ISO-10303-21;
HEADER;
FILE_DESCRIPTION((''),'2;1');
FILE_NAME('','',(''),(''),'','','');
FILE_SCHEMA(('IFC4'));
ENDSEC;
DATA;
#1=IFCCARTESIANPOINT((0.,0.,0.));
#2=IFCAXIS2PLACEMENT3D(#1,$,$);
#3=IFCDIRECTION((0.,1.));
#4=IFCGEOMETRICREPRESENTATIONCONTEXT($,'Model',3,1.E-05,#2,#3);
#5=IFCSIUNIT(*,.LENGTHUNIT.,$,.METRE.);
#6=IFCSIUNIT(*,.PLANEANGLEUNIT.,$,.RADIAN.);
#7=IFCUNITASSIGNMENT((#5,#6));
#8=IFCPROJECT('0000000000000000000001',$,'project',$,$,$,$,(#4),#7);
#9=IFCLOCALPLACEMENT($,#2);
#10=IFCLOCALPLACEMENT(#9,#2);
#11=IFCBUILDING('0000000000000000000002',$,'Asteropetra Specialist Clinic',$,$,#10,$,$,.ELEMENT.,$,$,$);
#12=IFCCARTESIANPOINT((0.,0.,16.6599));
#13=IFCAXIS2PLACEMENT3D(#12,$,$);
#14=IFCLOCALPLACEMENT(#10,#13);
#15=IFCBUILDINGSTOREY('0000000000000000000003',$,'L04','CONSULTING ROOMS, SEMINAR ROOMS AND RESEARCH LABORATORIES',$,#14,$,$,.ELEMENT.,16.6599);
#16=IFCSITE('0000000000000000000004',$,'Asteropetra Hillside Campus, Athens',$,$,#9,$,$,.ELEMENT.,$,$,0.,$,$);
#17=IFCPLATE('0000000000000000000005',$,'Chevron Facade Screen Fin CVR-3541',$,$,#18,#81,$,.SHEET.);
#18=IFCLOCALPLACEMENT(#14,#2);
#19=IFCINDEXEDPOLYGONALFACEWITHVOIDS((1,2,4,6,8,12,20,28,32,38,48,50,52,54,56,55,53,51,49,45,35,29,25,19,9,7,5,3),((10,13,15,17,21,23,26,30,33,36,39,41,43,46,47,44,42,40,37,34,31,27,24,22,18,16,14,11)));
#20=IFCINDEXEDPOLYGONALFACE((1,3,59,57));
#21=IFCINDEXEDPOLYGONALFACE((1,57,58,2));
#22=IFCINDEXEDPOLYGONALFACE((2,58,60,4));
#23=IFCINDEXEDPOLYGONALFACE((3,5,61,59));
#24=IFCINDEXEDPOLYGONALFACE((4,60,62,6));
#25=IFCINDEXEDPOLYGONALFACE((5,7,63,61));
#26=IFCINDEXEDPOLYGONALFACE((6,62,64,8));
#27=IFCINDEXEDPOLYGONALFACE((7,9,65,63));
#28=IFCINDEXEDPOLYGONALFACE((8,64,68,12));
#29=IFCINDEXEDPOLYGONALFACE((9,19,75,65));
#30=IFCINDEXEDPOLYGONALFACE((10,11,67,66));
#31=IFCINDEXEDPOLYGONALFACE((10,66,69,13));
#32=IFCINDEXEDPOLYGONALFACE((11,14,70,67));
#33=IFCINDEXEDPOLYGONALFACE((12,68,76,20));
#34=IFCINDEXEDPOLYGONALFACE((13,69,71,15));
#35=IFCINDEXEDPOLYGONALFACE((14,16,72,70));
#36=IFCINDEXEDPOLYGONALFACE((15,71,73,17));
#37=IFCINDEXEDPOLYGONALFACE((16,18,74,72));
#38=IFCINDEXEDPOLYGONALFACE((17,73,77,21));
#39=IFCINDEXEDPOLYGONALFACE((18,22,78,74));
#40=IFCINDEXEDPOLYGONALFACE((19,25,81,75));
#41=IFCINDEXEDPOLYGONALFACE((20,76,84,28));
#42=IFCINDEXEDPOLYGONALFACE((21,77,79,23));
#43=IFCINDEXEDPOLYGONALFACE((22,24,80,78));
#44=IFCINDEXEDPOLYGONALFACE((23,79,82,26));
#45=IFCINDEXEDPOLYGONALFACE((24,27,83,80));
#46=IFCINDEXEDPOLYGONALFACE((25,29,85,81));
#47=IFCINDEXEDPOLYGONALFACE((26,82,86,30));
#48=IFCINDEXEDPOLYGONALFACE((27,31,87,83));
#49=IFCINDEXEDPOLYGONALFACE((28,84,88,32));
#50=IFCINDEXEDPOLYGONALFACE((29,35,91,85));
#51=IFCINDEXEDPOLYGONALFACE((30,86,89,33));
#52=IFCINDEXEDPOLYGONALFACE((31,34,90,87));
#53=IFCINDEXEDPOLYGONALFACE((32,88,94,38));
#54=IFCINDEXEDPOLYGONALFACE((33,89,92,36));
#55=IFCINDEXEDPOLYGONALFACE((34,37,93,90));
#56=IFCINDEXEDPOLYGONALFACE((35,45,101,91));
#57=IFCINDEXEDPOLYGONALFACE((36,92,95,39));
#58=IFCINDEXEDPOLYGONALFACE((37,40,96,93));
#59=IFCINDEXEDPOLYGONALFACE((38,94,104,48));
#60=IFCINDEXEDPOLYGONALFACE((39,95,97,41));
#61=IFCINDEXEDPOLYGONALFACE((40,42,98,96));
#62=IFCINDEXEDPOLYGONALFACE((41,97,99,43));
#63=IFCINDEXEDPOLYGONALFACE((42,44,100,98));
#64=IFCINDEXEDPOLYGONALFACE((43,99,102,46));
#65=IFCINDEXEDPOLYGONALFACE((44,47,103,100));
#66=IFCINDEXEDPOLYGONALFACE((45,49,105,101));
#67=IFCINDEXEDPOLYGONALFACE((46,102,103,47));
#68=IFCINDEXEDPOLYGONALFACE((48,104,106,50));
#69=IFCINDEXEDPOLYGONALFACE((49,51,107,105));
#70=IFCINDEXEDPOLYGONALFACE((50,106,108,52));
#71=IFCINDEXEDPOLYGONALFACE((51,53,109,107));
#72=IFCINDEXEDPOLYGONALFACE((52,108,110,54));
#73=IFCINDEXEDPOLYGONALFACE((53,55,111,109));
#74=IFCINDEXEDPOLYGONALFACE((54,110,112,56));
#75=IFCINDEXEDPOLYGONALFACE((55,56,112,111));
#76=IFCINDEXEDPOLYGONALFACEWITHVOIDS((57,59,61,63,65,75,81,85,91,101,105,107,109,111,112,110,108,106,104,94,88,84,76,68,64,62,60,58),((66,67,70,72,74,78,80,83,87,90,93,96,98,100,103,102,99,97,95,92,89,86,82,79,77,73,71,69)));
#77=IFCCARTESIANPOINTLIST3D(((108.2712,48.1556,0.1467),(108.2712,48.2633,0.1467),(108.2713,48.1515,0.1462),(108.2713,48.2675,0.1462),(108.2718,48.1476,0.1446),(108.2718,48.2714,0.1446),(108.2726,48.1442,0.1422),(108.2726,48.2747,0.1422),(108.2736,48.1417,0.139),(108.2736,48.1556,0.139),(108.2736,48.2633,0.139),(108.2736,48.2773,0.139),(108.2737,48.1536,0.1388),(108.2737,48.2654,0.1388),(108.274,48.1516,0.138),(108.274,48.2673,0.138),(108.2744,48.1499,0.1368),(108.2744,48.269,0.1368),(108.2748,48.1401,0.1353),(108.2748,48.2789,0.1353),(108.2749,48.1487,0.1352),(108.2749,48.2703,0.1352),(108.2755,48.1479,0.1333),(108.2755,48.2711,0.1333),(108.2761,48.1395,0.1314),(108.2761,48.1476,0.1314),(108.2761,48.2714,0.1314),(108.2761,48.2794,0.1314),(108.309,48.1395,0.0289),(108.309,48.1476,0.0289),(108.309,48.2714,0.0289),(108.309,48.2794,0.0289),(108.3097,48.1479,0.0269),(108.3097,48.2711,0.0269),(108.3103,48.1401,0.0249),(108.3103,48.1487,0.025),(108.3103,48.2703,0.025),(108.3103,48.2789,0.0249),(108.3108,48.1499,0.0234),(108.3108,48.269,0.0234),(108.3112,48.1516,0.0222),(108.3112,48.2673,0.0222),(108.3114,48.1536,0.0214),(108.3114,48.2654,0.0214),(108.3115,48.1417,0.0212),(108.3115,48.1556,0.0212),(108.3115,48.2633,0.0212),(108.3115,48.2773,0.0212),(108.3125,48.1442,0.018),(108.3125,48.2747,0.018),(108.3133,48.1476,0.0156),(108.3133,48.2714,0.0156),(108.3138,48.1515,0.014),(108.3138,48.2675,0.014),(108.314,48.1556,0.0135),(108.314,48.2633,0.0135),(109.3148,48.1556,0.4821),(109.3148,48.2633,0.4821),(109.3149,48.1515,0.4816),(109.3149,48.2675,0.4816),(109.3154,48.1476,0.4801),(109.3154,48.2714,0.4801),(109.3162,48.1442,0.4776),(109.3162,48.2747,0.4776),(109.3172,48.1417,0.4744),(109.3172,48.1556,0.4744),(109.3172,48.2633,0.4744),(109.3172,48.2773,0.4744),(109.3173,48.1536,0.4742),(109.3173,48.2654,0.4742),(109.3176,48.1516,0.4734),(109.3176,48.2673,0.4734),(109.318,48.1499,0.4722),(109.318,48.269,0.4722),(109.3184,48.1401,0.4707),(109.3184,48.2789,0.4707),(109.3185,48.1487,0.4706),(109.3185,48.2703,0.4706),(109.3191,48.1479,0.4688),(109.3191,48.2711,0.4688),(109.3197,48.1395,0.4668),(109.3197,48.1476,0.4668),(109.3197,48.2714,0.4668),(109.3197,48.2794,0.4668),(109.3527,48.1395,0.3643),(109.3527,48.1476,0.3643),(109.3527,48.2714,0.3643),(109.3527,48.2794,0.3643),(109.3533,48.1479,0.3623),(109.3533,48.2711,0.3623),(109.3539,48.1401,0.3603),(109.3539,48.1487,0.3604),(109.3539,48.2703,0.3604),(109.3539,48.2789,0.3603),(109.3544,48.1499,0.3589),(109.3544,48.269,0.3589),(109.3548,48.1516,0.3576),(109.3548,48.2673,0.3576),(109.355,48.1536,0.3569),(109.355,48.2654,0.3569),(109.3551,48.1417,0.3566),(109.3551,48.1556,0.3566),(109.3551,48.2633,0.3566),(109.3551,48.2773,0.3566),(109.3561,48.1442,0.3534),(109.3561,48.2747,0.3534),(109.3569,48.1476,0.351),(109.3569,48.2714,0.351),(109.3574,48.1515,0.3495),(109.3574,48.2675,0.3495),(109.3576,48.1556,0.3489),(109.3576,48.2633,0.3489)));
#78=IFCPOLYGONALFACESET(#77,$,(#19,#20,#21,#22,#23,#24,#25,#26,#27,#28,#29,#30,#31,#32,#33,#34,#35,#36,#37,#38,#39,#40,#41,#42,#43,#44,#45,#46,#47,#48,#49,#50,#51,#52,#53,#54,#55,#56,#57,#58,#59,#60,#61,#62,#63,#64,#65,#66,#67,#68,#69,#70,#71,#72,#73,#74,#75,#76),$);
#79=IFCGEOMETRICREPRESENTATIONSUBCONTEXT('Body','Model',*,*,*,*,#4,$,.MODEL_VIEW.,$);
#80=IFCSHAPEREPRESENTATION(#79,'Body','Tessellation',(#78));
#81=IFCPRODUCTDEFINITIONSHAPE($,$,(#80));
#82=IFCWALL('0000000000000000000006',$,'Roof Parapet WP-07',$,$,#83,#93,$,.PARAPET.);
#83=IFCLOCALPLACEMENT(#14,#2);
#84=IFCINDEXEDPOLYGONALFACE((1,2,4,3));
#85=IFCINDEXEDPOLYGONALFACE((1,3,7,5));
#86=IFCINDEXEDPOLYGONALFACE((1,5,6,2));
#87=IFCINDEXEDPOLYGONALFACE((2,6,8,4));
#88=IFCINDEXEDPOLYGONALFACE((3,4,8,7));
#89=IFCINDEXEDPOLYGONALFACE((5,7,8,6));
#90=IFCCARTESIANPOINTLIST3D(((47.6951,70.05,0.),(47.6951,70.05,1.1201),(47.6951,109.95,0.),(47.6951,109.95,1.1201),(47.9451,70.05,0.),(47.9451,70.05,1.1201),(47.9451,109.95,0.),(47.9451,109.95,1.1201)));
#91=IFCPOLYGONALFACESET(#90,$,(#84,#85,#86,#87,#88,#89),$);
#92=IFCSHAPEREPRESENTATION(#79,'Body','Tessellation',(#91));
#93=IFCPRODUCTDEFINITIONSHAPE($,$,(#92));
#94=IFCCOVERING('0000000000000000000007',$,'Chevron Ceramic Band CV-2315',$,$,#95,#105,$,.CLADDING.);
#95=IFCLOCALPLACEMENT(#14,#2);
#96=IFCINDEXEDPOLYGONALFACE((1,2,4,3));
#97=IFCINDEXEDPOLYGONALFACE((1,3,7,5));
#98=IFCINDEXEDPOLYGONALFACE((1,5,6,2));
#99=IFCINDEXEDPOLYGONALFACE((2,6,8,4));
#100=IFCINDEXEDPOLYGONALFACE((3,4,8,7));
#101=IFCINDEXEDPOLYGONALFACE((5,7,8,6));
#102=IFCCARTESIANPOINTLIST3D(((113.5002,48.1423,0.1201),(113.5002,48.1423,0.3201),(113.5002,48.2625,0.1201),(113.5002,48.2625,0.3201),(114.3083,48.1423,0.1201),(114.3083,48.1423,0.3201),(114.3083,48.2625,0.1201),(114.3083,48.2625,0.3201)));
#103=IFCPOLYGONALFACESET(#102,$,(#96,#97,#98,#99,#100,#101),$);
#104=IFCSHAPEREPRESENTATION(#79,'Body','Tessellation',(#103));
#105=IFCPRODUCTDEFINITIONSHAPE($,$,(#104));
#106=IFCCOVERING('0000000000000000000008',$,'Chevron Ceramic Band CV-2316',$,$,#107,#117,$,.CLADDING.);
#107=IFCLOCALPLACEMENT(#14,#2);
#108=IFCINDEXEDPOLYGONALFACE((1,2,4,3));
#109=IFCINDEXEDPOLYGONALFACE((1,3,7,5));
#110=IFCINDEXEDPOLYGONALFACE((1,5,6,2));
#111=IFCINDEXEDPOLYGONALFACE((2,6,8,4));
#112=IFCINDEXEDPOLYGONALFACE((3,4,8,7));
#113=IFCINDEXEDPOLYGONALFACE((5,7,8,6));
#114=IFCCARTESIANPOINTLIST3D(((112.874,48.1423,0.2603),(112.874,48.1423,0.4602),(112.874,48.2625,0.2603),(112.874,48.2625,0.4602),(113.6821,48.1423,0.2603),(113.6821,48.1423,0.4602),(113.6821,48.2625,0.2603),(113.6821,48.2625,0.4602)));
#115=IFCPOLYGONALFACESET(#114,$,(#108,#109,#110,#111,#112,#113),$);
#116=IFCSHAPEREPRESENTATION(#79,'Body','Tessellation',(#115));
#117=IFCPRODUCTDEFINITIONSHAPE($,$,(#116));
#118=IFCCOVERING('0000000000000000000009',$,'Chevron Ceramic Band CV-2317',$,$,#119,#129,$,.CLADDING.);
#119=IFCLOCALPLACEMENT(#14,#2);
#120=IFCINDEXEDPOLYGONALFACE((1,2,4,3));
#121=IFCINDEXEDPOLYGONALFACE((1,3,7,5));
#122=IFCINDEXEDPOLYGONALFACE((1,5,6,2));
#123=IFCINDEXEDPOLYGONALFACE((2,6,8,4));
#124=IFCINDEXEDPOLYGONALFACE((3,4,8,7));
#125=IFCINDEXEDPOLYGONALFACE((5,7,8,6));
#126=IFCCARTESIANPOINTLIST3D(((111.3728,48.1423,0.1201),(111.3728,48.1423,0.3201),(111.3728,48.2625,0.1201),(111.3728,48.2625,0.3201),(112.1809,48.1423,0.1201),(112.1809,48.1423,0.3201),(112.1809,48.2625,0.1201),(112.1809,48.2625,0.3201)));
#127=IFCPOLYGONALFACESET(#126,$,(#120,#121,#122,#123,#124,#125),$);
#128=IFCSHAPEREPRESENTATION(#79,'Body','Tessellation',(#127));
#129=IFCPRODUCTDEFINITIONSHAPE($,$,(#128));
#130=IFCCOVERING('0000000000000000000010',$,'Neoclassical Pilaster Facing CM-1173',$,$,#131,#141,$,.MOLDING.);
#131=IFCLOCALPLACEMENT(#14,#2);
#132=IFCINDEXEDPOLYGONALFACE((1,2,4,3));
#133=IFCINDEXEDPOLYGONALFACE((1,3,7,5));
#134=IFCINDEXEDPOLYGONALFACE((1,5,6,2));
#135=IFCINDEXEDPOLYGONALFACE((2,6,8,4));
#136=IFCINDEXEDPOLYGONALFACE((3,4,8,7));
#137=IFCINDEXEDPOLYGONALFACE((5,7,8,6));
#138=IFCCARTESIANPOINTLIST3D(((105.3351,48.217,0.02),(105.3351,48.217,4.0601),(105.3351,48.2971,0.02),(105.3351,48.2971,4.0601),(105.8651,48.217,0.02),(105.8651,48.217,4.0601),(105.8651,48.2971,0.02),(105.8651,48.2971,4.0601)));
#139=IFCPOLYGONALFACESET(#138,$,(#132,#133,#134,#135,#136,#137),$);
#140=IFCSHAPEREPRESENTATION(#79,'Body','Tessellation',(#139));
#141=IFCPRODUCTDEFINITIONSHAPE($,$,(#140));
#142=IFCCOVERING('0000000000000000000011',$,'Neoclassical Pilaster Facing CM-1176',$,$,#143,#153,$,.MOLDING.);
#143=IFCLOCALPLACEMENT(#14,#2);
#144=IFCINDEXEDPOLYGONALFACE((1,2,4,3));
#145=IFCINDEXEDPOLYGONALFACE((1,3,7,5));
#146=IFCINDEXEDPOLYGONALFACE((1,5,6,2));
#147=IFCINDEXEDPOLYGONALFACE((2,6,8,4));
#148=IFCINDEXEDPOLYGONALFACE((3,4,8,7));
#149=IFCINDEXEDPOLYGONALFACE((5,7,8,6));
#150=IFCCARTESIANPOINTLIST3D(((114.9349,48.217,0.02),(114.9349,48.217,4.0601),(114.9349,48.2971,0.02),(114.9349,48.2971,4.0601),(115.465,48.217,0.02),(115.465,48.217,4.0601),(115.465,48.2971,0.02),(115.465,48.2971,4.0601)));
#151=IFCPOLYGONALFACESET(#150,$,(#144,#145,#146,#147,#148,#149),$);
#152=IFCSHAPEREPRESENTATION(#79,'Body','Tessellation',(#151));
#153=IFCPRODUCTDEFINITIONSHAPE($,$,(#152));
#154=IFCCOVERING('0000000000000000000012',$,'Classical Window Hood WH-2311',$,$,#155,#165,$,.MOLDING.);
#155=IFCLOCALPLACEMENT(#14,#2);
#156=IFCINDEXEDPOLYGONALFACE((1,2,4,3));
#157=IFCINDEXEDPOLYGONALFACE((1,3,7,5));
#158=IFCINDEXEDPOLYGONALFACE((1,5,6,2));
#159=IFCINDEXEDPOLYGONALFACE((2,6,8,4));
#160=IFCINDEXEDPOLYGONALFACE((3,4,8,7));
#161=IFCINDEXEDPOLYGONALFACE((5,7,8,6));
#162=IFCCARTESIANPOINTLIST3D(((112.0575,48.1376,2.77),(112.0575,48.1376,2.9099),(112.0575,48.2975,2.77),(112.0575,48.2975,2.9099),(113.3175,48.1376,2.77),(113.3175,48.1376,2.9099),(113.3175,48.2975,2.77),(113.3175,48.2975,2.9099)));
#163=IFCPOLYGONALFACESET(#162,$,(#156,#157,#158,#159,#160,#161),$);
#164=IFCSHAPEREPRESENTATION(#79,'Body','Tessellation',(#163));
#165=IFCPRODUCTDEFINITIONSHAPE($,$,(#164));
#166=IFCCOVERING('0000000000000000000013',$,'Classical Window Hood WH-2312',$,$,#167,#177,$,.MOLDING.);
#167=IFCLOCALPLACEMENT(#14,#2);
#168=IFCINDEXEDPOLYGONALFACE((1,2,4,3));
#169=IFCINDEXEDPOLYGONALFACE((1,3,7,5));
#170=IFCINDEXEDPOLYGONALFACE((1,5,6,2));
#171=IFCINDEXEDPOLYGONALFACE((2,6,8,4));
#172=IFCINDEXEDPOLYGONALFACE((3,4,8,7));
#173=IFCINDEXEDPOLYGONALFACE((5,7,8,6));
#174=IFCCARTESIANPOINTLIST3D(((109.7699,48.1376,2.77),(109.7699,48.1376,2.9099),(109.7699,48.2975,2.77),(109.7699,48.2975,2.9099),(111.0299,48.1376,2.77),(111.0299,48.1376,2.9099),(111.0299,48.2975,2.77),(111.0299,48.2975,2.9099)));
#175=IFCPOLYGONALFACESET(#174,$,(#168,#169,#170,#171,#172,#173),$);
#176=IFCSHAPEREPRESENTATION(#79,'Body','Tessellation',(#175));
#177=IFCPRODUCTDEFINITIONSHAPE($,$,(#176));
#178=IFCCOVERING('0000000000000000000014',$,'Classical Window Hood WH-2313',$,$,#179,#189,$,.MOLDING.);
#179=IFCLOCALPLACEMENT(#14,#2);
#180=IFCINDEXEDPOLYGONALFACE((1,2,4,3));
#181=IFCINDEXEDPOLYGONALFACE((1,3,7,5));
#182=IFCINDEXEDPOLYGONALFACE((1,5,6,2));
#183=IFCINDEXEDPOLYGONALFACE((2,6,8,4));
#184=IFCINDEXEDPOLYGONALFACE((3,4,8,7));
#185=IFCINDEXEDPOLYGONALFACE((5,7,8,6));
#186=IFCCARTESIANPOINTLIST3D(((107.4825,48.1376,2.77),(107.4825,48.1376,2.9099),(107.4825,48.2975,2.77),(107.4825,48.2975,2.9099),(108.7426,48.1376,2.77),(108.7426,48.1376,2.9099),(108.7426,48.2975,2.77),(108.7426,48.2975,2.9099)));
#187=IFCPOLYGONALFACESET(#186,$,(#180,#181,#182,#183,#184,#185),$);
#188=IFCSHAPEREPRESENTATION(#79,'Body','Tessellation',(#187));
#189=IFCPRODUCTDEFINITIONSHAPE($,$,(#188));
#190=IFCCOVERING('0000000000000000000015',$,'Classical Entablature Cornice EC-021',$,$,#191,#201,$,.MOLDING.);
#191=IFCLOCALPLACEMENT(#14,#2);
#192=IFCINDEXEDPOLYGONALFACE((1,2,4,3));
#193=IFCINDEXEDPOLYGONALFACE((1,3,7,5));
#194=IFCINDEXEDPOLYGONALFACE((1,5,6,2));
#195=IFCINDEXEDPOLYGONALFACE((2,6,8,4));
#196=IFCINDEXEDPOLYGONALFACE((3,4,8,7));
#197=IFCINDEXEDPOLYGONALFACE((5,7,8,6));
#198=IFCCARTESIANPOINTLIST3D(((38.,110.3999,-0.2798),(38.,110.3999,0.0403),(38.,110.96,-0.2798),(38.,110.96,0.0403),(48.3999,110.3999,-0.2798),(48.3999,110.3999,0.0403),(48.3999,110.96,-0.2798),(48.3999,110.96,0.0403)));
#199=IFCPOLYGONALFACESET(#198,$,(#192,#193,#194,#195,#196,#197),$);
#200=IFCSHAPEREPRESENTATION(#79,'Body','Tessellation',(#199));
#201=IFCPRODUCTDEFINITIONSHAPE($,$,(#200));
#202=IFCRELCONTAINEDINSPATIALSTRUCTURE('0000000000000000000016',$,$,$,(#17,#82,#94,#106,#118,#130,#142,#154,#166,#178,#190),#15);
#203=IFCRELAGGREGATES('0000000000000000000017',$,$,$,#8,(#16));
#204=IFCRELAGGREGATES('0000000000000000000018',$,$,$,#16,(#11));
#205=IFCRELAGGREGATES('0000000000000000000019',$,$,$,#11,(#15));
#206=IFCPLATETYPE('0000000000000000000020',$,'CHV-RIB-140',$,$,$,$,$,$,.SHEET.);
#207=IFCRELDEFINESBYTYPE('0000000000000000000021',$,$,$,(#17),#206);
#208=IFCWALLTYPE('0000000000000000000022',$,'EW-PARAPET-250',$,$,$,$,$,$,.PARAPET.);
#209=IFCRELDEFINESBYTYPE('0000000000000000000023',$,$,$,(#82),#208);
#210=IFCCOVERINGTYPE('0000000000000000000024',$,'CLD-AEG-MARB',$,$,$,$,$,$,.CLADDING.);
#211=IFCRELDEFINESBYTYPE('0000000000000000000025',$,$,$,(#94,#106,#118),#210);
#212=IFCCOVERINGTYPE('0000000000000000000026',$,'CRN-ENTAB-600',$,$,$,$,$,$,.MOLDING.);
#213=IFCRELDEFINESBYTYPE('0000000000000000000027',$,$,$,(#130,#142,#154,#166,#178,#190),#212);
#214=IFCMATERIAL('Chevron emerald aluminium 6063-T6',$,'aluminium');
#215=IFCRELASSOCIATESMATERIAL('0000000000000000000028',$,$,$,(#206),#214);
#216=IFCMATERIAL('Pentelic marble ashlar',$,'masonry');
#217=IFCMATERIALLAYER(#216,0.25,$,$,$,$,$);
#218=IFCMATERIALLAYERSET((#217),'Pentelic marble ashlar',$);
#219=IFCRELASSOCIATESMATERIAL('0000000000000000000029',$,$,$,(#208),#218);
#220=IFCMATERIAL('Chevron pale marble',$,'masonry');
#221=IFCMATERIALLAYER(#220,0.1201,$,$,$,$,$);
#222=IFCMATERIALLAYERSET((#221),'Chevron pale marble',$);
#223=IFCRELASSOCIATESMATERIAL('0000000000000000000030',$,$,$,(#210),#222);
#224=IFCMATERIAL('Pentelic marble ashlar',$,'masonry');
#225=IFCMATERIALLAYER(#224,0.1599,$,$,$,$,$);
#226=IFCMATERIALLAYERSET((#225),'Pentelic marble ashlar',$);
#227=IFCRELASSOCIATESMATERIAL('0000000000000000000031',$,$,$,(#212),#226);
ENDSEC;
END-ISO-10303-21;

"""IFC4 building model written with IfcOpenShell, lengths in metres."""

from ifc_helpers import new_model, si_unit, direction, frame, frame_2d, origin, origin_2d, place, context, subcontext, project, spatial, rectangle, hollow_rectangle, extrude, material, layer, layer_set, material_profile, profile_set, type_object, element, save


model = new_model("IFC4")

# Units and contexts
model_context = context("Model", 3, precision=1e-05, world=origin(), true_north=direction((0.0, 1.0)))
body_context = subcontext(model_context, "Body", "Model", "MODEL_VIEW")
ifc_project = project(units=[si_unit("LENGTHUNIT", "METRE"), si_unit("PLANEANGLEUNIT", "RADIAN")], contexts=[model_context])

# Site, building, storey
site_placement = place(None, origin())
site = spatial("IfcSite", under=ifc_project, at=site_placement, Name="Asteropetra Hillside Campus, Athens", CompositionType="ELEMENT", RefElevation=0.0)
building_placement = place(site_placement, origin())
building = spatial("IfcBuilding", under=site, at=building_placement, Name="Asteropetra Specialist Clinic", CompositionType="ELEMENT")
storey_placement = place(building_placement, frame((0.0, 0.0, 16.6599)))
storey = spatial("IfcBuildingStorey", under=building, at=storey_placement, Name="L04", Description="CONSULTING ROOMS, SEMINAR ROOMS AND RESEARCH LABORATORIES", CompositionType="ELEMENT", Elevation=16.6599)

# Plate
ifc_material_1 = material(Name="Chevron emerald aluminium 6063-T6", Category="aluminium")
ifc_material_profile_1 = material_profile(ifc_material_1, hollow_rectangle(XDim=0.1399, YDim=0.1399, WallThickness=0.0081, InnerFilletRadius=0.0081, OuterFilletRadius=0.0161, at=origin_2d()), Name="SHS 140x140x8.0")
ifc_profile_set_1 = profile_set([ifc_material_profile_1], Name="Chevron emerald aluminium 6063-T6")
plate_type = type_object("IfcPlateType", Name="CHV-RIB-140", PredefinedType="SHEET", material=ifc_profile_set_1)
for number, where, z_axis, x_axis, name in (
    (1, (109.3362, 48.2095, 0.4155), (-0.952036, 0.0, -0.305988), (0.0, -1.0, 0.0), "Chevron Facade Screen Fin CVR-3541"),
):
    element("IfcPlate", number, at=place(storey_placement, frame(where, z_axis=z_axis, x_axis=x_axis)), inside=storey, type_object=plate_type, Name=name, PredefinedType="SHEET", context=body_context, shape_type="SweptSolid", body=[
        extrude(hollow_rectangle(XDim=0.1399, YDim=0.1399, WallThickness=0.0081, InnerFilletRadius=0.0081, OuterFilletRadius=0.0161, at=origin_2d()), origin(), (0.0, 0.0, 1.0), 1.0962),
    ])

# Wall
ifc_material_2 = material(Name="Pentelic marble ashlar", Category="masonry")
ifc_layer_1 = layer(ifc_material_2, 0.25)
ifc_layer_set_1 = layer_set([ifc_layer_1], Name="Pentelic marble ashlar")
wall_type = type_object("IfcWallType", Name="EW-PARAPET-250", PredefinedType="PARAPET", material=ifc_layer_set_1)
wall_placement = place(storey_placement, frame((47.8201, 70.05, 0.0), z_axis=(0.0, 0.0, 1.0), x_axis=(0.0, 1.0, 0.0)))
element("IfcWall", 2, at=wall_placement, inside=storey, type_object=wall_type, Name="Roof Parapet WP-07", PredefinedType="PARAPET", context=body_context, shape_type="SweptSolid", body=[
    extrude(rectangle(XDim=39.8999, YDim=0.25, at=frame_2d((19.95, 0.0))), origin(), (0.0, 0.0, 1.0), 1.1201),
])

# Coverings
ifc_material_3 = material(Name="Chevron pale marble", Category="masonry")
ifc_layer_2 = layer(ifc_material_3, 0.1201)
ifc_layer_set_2 = layer_set([ifc_layer_2], Name="Chevron pale marble")
covering_type_1 = type_object("IfcCoveringType", Name="CLD-AEG-MARB", PredefinedType="CLADDING", material=ifc_layer_set_2)
for number, where, z_axis, x_axis, name in (
    (3, (113.9043, 48.2024, 0.1201), (0.0, 0.0, 1.0), (1.0, 0.0, 0.0), "Chevron Ceramic Band CV-2315"),
    (4, (113.2781, 48.2024, 0.2603), (0.0, 0.0, 1.0), (1.0, 0.0, 0.0), "Chevron Ceramic Band CV-2316"),
    (5, (111.7769, 48.2024, 0.1201), (0.0, 0.0, 1.0), (1.0, 0.0, 0.0), "Chevron Ceramic Band CV-2317"),
):
    element("IfcCovering", number, at=place(storey_placement, frame(where, z_axis=z_axis, x_axis=x_axis)), inside=storey, type_object=covering_type_1, Name=name, PredefinedType="CLADDING", context=body_context, shape_type="SweptSolid", body=[
        extrude(rectangle(XDim=0.8081, YDim=0.1201, at=origin_2d()), origin(), (0.0, 0.0, 1.0), 0.2),
    ])
ifc_material_4 = material(Name="Pentelic marble ashlar", Category="masonry")
ifc_layer_3 = layer(ifc_material_4, 0.1599)
ifc_layer_set_3 = layer_set([ifc_layer_3], Name="Pentelic marble ashlar")
covering_type_2 = type_object("IfcCoveringType", Name="CRN-ENTAB-600", PredefinedType="MOLDING", material=ifc_layer_set_3)
for number, where, z_axis, x_axis, name in (
    (6, (105.6001, 48.2571, 0.02), (0.0, 0.0, 1.0), (1.0, 0.0, 0.0), "Neoclassical Pilaster Facing CM-1173"),
    (7, (115.2, 48.2571, 0.02), (0.0, 0.0, 1.0), (1.0, 0.0, 0.0), "Neoclassical Pilaster Facing CM-1176"),
):
    element("IfcCovering", number, at=place(storey_placement, frame(where, z_axis=z_axis, x_axis=x_axis)), inside=storey, type_object=covering_type_2, Name=name, PredefinedType="MOLDING", context=body_context, shape_type="SweptSolid", body=[
        extrude(rectangle(XDim=0.53, YDim=0.0801, at=origin_2d()), origin(), (0.0, 0.0, 1.0), 4.04),
    ])
for number, where, z_axis, x_axis, name in (
    (8, (112.6875, 48.2175, 2.77), (0.0, 0.0, 1.0), (1.0, 0.0, 0.0), "Classical Window Hood WH-2311"),
    (9, (110.3999, 48.2175, 2.77), (0.0, 0.0, 1.0), (1.0, 0.0, 0.0), "Classical Window Hood WH-2312"),
    (10, (108.1125, 48.2175, 2.77), (0.0, 0.0, 1.0), (1.0, 0.0, 0.0), "Classical Window Hood WH-2313"),
):
    element("IfcCovering", number, at=place(storey_placement, frame(where, z_axis=z_axis, x_axis=x_axis)), inside=storey, type_object=covering_type_2, Name=name, PredefinedType="MOLDING", context=body_context, shape_type="SweptSolid", body=[
        extrude(rectangle(XDim=1.26, YDim=0.1599, at=origin_2d()), origin(), (0.0, 0.0, 1.0), 0.1399),
    ])
covering_1_placement = place(storey_placement, frame((43.2, 110.6799, -0.2798), z_axis=(0.0, 0.0, 1.0), x_axis=(1.0, 0.0, 0.0)))
element("IfcCovering", 11, at=covering_1_placement, inside=storey, type_object=covering_type_2, Name="Classical Entablature Cornice EC-021", PredefinedType="MOLDING", context=body_context, shape_type="SweptSolid", body=[
    extrude(rectangle(XDim=10.3999, YDim=0.5601, at=origin_2d()), origin(), (0.0, 0.0, 1.0), 0.3201),
])

save(model, "model.ifc")
